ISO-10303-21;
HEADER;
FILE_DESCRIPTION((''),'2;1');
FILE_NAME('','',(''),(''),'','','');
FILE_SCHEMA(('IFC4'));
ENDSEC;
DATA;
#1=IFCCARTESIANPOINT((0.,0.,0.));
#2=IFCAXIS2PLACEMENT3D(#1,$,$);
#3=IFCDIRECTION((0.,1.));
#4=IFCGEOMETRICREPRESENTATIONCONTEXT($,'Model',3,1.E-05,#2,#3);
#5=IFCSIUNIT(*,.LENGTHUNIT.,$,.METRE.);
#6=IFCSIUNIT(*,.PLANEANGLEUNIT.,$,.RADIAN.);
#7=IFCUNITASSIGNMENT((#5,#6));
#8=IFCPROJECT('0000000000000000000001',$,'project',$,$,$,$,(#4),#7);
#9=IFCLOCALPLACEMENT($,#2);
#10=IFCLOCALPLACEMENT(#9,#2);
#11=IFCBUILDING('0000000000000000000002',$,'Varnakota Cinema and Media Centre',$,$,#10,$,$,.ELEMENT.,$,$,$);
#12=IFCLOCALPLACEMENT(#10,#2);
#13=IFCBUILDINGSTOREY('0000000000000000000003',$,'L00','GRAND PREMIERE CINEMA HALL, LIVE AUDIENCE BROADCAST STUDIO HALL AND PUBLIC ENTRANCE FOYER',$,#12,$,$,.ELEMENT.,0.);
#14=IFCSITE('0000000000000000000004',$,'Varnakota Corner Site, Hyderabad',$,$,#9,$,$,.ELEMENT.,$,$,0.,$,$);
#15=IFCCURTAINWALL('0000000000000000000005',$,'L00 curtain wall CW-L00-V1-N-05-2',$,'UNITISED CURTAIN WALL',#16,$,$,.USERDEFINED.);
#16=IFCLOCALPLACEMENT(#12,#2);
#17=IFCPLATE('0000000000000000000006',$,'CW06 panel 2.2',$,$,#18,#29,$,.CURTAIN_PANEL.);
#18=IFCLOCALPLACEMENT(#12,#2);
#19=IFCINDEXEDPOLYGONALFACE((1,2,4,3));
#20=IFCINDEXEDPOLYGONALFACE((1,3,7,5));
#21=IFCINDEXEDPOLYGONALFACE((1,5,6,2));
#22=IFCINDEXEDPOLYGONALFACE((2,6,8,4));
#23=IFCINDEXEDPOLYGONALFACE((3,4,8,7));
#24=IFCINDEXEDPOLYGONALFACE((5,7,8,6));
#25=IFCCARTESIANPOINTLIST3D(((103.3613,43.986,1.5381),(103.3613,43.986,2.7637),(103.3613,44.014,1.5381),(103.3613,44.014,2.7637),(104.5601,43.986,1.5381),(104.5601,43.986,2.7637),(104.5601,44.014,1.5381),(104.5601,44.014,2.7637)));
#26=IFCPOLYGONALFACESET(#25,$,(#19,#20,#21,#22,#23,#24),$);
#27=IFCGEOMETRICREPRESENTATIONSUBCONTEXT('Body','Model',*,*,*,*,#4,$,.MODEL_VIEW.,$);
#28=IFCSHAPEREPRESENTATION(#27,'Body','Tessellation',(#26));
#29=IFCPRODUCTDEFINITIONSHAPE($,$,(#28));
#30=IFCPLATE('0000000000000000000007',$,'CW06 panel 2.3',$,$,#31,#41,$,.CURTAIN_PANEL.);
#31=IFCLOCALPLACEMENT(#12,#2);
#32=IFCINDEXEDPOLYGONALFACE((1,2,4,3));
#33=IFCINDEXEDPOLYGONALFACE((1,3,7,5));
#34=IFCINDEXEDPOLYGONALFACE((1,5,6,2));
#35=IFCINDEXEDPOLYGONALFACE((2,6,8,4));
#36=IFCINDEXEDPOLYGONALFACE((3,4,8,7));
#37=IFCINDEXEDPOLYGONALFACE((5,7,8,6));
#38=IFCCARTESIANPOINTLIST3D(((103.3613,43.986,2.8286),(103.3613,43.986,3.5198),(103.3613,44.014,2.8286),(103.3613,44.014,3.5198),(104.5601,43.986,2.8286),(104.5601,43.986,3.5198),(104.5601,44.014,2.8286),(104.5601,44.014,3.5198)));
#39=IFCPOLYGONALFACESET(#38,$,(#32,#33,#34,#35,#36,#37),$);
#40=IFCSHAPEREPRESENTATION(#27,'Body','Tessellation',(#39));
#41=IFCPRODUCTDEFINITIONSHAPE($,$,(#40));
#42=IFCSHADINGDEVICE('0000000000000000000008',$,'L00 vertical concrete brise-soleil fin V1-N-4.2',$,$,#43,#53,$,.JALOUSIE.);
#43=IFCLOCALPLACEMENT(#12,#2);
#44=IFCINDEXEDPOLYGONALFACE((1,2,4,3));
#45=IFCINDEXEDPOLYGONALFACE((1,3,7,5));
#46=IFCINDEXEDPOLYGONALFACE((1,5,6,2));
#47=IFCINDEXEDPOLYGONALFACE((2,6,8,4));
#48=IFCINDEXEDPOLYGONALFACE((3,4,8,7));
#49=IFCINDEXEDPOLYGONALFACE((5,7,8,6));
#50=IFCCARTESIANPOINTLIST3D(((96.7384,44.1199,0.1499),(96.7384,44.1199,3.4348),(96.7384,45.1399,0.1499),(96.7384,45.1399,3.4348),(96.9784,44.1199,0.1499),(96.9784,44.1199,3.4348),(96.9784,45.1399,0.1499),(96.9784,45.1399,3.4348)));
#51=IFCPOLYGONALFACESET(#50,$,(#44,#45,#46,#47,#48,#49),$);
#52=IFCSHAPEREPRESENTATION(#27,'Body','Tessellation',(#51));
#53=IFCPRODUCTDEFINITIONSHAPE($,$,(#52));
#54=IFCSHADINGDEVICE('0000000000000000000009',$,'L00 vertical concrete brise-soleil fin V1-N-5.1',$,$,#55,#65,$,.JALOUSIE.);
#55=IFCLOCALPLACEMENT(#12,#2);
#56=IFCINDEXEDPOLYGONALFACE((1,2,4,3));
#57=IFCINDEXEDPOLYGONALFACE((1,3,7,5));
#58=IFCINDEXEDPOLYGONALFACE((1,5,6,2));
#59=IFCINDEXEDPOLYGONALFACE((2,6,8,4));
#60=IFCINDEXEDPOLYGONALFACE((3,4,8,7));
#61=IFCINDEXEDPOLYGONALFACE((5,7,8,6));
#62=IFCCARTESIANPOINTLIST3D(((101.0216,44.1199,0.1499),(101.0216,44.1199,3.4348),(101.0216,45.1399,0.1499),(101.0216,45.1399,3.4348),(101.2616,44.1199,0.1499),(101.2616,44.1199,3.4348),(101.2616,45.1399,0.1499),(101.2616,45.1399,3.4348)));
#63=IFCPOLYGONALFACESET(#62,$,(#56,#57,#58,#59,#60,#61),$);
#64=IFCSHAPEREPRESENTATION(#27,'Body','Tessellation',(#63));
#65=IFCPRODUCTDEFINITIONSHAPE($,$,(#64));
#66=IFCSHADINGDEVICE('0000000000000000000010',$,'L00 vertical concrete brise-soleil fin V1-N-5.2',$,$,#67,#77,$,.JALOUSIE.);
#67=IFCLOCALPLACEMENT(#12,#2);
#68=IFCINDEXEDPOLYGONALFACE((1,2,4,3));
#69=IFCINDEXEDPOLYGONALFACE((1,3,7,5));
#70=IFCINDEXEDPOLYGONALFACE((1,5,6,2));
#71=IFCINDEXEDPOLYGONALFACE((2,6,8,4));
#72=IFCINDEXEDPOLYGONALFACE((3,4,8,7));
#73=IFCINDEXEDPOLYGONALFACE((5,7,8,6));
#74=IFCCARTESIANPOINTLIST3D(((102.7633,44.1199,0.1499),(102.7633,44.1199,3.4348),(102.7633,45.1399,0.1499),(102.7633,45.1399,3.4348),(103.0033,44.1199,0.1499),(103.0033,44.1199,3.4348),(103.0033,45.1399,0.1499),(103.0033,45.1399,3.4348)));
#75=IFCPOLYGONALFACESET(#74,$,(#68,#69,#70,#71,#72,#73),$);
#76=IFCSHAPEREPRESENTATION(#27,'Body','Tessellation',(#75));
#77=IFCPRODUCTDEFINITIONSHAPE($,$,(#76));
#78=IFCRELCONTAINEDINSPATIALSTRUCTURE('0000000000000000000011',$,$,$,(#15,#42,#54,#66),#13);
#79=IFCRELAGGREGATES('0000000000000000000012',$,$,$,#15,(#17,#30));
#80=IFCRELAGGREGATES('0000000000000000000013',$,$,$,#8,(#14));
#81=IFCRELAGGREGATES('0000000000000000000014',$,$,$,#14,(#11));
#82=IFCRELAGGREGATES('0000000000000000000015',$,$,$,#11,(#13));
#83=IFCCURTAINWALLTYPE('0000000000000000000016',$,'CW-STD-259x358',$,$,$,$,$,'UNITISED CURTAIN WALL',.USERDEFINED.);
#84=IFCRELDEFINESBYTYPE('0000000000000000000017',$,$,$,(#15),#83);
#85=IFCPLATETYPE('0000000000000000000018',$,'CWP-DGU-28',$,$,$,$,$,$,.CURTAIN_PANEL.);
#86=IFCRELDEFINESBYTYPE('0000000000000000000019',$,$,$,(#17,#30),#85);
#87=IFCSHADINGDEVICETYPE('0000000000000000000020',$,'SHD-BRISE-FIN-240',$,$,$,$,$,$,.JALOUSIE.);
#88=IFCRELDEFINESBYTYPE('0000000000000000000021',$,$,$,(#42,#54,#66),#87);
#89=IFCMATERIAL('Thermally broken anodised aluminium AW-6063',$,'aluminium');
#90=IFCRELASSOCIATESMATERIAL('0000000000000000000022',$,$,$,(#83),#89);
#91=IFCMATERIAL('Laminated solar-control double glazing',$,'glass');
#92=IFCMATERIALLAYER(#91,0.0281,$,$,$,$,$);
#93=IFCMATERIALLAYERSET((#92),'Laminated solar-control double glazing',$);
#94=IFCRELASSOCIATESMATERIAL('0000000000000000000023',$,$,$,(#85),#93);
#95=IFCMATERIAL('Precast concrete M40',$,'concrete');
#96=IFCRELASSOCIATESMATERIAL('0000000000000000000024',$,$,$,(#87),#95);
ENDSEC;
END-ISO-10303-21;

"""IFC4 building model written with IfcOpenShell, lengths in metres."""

from ifc_helpers import new_model, si_unit, direction, frame, origin, origin_2d, place, context, subcontext, project, spatial, rectangle, extrude, material, layer, layer_set, type_object, element, aggregate, save


model = new_model("IFC4")

# Units and contexts
model_context = context("Model", 3, precision=1e-05, world=origin(), true_north=direction((0.0, 1.0)))
body_context = subcontext(model_context, "Body", "Model", "MODEL_VIEW")
ifc_project = project(units=[si_unit("LENGTHUNIT", "METRE"), si_unit("PLANEANGLEUNIT", "RADIAN")], contexts=[model_context])

# Site, building, storey
site_placement = place(None, origin())
site = spatial("IfcSite", under=ifc_project, at=site_placement, Name="Varnakota Corner Site, Hyderabad", CompositionType="ELEMENT", RefElevation=0.0)
building_placement = place(site_placement, origin())
building = spatial("IfcBuilding", under=site, at=building_placement, Name="Varnakota Cinema and Media Centre", CompositionType="ELEMENT")
storey_placement = place(building_placement, origin())
storey = spatial("IfcBuildingStorey", under=building, at=storey_placement, Name="L00", Description="GRAND PREMIERE CINEMA HALL, LIVE AUDIENCE BROADCAST STUDIO HALL AND PUBLIC ENTRANCE FOYER", CompositionType="ELEMENT", Elevation=0.0)

# Curtain wall
ifc_material_1 = material(Name="Thermally broken anodised aluminium AW-6063", Category="aluminium")
curtain_wall_type = type_object("IfcCurtainWallType", Name="CW-STD-259x358", ElementType="UNITISED CURTAIN WALL", PredefinedType="USERDEFINED", material=ifc_material_1)
curtain_wall_1_placement = place(storey_placement, origin())
curtain_wall_1 = element("IfcCurtainWall", 1, at=curtain_wall_1_placement, inside=storey, type_object=curtain_wall_type, Name="L00 curtain wall CW-L00-V1-N-05-2", ObjectType="UNITISED CURTAIN WALL", PredefinedType="USERDEFINED")

# Plates
ifc_material_2 = material(Name="Laminated solar-control double glazing", Category="glass")
ifc_layer = layer(ifc_material_2, 0.0281)
ifc_layer_set = layer_set([ifc_layer], Name="Laminated solar-control double glazing")
plate_type = type_object("IfcPlateType", Name="CWP-DGU-28", PredefinedType="CURTAIN_PANEL", material=ifc_layer_set)
plate_1_placement = place(storey_placement, frame((103.9607, 44.0, 1.5381), z_axis=(0.0, 0.0, 1.0), x_axis=(1.0, 0.0, 0.0)))
plate_1 = element("IfcPlate", 2, at=plate_1_placement, type_object=plate_type, Name="CW06 panel 2.2", PredefinedType="CURTAIN_PANEL", context=body_context, shape_type="SweptSolid", body=[
    extrude(rectangle(XDim=1.1987, YDim=0.0281, at=origin_2d()), origin(), (0.0, 0.0, 1.0), 1.2256),
])
plate_2_placement = place(storey_placement, frame((103.9607, 44.0, 2.8286), z_axis=(0.0, 0.0, 1.0), x_axis=(1.0, 0.0, 0.0)))
plate_2 = element("IfcPlate", 3, at=plate_2_placement, type_object=plate_type, Name="CW06 panel 2.3", PredefinedType="CURTAIN_PANEL", context=body_context, shape_type="SweptSolid", body=[
    extrude(rectangle(XDim=1.1987, YDim=0.0281, at=origin_2d()), origin(), (0.0, 0.0, 1.0), 0.6912),
])
aggregate(curtain_wall_1, [plate_1, plate_2])

# Shading devices
ifc_material_3 = material(Name="Precast concrete M40", Category="concrete")
shading_device_type = type_object("IfcShadingDeviceType", Name="SHD-BRISE-FIN-240", PredefinedType="JALOUSIE", material=ifc_material_3)
for number, where, z_axis, x_axis, name in (
    (4, (96.8584, 44.6299, 0.1499), (0.0, 0.0, 1.0), (1.0, 0.0, 0.0), "L00 vertical concrete brise-soleil fin V1-N-4.2"),
    (5, (101.1416, 44.6299, 0.1499), (0.0, 0.0, 1.0), (1.0, 0.0, 0.0), "L00 vertical concrete brise-soleil fin V1-N-5.1"),
    (6, (102.8833, 44.6299, 0.1499), (0.0, 0.0, 1.0), (1.0, 0.0, 0.0), "L00 vertical concrete brise-soleil fin V1-N-5.2"),
):
    element("IfcShadingDevice", number, at=place(storey_placement, frame(where, z_axis=z_axis, x_axis=x_axis)), inside=storey, type_object=shading_device_type, Name=name, PredefinedType="JALOUSIE", context=body_context, shape_type="SweptSolid", body=[
        extrude(rectangle(XDim=0.24, YDim=1.02, at=origin_2d()), origin(), (0.0, 0.0, 1.0), 3.2849),
    ])

save(model, "model.ifc")
